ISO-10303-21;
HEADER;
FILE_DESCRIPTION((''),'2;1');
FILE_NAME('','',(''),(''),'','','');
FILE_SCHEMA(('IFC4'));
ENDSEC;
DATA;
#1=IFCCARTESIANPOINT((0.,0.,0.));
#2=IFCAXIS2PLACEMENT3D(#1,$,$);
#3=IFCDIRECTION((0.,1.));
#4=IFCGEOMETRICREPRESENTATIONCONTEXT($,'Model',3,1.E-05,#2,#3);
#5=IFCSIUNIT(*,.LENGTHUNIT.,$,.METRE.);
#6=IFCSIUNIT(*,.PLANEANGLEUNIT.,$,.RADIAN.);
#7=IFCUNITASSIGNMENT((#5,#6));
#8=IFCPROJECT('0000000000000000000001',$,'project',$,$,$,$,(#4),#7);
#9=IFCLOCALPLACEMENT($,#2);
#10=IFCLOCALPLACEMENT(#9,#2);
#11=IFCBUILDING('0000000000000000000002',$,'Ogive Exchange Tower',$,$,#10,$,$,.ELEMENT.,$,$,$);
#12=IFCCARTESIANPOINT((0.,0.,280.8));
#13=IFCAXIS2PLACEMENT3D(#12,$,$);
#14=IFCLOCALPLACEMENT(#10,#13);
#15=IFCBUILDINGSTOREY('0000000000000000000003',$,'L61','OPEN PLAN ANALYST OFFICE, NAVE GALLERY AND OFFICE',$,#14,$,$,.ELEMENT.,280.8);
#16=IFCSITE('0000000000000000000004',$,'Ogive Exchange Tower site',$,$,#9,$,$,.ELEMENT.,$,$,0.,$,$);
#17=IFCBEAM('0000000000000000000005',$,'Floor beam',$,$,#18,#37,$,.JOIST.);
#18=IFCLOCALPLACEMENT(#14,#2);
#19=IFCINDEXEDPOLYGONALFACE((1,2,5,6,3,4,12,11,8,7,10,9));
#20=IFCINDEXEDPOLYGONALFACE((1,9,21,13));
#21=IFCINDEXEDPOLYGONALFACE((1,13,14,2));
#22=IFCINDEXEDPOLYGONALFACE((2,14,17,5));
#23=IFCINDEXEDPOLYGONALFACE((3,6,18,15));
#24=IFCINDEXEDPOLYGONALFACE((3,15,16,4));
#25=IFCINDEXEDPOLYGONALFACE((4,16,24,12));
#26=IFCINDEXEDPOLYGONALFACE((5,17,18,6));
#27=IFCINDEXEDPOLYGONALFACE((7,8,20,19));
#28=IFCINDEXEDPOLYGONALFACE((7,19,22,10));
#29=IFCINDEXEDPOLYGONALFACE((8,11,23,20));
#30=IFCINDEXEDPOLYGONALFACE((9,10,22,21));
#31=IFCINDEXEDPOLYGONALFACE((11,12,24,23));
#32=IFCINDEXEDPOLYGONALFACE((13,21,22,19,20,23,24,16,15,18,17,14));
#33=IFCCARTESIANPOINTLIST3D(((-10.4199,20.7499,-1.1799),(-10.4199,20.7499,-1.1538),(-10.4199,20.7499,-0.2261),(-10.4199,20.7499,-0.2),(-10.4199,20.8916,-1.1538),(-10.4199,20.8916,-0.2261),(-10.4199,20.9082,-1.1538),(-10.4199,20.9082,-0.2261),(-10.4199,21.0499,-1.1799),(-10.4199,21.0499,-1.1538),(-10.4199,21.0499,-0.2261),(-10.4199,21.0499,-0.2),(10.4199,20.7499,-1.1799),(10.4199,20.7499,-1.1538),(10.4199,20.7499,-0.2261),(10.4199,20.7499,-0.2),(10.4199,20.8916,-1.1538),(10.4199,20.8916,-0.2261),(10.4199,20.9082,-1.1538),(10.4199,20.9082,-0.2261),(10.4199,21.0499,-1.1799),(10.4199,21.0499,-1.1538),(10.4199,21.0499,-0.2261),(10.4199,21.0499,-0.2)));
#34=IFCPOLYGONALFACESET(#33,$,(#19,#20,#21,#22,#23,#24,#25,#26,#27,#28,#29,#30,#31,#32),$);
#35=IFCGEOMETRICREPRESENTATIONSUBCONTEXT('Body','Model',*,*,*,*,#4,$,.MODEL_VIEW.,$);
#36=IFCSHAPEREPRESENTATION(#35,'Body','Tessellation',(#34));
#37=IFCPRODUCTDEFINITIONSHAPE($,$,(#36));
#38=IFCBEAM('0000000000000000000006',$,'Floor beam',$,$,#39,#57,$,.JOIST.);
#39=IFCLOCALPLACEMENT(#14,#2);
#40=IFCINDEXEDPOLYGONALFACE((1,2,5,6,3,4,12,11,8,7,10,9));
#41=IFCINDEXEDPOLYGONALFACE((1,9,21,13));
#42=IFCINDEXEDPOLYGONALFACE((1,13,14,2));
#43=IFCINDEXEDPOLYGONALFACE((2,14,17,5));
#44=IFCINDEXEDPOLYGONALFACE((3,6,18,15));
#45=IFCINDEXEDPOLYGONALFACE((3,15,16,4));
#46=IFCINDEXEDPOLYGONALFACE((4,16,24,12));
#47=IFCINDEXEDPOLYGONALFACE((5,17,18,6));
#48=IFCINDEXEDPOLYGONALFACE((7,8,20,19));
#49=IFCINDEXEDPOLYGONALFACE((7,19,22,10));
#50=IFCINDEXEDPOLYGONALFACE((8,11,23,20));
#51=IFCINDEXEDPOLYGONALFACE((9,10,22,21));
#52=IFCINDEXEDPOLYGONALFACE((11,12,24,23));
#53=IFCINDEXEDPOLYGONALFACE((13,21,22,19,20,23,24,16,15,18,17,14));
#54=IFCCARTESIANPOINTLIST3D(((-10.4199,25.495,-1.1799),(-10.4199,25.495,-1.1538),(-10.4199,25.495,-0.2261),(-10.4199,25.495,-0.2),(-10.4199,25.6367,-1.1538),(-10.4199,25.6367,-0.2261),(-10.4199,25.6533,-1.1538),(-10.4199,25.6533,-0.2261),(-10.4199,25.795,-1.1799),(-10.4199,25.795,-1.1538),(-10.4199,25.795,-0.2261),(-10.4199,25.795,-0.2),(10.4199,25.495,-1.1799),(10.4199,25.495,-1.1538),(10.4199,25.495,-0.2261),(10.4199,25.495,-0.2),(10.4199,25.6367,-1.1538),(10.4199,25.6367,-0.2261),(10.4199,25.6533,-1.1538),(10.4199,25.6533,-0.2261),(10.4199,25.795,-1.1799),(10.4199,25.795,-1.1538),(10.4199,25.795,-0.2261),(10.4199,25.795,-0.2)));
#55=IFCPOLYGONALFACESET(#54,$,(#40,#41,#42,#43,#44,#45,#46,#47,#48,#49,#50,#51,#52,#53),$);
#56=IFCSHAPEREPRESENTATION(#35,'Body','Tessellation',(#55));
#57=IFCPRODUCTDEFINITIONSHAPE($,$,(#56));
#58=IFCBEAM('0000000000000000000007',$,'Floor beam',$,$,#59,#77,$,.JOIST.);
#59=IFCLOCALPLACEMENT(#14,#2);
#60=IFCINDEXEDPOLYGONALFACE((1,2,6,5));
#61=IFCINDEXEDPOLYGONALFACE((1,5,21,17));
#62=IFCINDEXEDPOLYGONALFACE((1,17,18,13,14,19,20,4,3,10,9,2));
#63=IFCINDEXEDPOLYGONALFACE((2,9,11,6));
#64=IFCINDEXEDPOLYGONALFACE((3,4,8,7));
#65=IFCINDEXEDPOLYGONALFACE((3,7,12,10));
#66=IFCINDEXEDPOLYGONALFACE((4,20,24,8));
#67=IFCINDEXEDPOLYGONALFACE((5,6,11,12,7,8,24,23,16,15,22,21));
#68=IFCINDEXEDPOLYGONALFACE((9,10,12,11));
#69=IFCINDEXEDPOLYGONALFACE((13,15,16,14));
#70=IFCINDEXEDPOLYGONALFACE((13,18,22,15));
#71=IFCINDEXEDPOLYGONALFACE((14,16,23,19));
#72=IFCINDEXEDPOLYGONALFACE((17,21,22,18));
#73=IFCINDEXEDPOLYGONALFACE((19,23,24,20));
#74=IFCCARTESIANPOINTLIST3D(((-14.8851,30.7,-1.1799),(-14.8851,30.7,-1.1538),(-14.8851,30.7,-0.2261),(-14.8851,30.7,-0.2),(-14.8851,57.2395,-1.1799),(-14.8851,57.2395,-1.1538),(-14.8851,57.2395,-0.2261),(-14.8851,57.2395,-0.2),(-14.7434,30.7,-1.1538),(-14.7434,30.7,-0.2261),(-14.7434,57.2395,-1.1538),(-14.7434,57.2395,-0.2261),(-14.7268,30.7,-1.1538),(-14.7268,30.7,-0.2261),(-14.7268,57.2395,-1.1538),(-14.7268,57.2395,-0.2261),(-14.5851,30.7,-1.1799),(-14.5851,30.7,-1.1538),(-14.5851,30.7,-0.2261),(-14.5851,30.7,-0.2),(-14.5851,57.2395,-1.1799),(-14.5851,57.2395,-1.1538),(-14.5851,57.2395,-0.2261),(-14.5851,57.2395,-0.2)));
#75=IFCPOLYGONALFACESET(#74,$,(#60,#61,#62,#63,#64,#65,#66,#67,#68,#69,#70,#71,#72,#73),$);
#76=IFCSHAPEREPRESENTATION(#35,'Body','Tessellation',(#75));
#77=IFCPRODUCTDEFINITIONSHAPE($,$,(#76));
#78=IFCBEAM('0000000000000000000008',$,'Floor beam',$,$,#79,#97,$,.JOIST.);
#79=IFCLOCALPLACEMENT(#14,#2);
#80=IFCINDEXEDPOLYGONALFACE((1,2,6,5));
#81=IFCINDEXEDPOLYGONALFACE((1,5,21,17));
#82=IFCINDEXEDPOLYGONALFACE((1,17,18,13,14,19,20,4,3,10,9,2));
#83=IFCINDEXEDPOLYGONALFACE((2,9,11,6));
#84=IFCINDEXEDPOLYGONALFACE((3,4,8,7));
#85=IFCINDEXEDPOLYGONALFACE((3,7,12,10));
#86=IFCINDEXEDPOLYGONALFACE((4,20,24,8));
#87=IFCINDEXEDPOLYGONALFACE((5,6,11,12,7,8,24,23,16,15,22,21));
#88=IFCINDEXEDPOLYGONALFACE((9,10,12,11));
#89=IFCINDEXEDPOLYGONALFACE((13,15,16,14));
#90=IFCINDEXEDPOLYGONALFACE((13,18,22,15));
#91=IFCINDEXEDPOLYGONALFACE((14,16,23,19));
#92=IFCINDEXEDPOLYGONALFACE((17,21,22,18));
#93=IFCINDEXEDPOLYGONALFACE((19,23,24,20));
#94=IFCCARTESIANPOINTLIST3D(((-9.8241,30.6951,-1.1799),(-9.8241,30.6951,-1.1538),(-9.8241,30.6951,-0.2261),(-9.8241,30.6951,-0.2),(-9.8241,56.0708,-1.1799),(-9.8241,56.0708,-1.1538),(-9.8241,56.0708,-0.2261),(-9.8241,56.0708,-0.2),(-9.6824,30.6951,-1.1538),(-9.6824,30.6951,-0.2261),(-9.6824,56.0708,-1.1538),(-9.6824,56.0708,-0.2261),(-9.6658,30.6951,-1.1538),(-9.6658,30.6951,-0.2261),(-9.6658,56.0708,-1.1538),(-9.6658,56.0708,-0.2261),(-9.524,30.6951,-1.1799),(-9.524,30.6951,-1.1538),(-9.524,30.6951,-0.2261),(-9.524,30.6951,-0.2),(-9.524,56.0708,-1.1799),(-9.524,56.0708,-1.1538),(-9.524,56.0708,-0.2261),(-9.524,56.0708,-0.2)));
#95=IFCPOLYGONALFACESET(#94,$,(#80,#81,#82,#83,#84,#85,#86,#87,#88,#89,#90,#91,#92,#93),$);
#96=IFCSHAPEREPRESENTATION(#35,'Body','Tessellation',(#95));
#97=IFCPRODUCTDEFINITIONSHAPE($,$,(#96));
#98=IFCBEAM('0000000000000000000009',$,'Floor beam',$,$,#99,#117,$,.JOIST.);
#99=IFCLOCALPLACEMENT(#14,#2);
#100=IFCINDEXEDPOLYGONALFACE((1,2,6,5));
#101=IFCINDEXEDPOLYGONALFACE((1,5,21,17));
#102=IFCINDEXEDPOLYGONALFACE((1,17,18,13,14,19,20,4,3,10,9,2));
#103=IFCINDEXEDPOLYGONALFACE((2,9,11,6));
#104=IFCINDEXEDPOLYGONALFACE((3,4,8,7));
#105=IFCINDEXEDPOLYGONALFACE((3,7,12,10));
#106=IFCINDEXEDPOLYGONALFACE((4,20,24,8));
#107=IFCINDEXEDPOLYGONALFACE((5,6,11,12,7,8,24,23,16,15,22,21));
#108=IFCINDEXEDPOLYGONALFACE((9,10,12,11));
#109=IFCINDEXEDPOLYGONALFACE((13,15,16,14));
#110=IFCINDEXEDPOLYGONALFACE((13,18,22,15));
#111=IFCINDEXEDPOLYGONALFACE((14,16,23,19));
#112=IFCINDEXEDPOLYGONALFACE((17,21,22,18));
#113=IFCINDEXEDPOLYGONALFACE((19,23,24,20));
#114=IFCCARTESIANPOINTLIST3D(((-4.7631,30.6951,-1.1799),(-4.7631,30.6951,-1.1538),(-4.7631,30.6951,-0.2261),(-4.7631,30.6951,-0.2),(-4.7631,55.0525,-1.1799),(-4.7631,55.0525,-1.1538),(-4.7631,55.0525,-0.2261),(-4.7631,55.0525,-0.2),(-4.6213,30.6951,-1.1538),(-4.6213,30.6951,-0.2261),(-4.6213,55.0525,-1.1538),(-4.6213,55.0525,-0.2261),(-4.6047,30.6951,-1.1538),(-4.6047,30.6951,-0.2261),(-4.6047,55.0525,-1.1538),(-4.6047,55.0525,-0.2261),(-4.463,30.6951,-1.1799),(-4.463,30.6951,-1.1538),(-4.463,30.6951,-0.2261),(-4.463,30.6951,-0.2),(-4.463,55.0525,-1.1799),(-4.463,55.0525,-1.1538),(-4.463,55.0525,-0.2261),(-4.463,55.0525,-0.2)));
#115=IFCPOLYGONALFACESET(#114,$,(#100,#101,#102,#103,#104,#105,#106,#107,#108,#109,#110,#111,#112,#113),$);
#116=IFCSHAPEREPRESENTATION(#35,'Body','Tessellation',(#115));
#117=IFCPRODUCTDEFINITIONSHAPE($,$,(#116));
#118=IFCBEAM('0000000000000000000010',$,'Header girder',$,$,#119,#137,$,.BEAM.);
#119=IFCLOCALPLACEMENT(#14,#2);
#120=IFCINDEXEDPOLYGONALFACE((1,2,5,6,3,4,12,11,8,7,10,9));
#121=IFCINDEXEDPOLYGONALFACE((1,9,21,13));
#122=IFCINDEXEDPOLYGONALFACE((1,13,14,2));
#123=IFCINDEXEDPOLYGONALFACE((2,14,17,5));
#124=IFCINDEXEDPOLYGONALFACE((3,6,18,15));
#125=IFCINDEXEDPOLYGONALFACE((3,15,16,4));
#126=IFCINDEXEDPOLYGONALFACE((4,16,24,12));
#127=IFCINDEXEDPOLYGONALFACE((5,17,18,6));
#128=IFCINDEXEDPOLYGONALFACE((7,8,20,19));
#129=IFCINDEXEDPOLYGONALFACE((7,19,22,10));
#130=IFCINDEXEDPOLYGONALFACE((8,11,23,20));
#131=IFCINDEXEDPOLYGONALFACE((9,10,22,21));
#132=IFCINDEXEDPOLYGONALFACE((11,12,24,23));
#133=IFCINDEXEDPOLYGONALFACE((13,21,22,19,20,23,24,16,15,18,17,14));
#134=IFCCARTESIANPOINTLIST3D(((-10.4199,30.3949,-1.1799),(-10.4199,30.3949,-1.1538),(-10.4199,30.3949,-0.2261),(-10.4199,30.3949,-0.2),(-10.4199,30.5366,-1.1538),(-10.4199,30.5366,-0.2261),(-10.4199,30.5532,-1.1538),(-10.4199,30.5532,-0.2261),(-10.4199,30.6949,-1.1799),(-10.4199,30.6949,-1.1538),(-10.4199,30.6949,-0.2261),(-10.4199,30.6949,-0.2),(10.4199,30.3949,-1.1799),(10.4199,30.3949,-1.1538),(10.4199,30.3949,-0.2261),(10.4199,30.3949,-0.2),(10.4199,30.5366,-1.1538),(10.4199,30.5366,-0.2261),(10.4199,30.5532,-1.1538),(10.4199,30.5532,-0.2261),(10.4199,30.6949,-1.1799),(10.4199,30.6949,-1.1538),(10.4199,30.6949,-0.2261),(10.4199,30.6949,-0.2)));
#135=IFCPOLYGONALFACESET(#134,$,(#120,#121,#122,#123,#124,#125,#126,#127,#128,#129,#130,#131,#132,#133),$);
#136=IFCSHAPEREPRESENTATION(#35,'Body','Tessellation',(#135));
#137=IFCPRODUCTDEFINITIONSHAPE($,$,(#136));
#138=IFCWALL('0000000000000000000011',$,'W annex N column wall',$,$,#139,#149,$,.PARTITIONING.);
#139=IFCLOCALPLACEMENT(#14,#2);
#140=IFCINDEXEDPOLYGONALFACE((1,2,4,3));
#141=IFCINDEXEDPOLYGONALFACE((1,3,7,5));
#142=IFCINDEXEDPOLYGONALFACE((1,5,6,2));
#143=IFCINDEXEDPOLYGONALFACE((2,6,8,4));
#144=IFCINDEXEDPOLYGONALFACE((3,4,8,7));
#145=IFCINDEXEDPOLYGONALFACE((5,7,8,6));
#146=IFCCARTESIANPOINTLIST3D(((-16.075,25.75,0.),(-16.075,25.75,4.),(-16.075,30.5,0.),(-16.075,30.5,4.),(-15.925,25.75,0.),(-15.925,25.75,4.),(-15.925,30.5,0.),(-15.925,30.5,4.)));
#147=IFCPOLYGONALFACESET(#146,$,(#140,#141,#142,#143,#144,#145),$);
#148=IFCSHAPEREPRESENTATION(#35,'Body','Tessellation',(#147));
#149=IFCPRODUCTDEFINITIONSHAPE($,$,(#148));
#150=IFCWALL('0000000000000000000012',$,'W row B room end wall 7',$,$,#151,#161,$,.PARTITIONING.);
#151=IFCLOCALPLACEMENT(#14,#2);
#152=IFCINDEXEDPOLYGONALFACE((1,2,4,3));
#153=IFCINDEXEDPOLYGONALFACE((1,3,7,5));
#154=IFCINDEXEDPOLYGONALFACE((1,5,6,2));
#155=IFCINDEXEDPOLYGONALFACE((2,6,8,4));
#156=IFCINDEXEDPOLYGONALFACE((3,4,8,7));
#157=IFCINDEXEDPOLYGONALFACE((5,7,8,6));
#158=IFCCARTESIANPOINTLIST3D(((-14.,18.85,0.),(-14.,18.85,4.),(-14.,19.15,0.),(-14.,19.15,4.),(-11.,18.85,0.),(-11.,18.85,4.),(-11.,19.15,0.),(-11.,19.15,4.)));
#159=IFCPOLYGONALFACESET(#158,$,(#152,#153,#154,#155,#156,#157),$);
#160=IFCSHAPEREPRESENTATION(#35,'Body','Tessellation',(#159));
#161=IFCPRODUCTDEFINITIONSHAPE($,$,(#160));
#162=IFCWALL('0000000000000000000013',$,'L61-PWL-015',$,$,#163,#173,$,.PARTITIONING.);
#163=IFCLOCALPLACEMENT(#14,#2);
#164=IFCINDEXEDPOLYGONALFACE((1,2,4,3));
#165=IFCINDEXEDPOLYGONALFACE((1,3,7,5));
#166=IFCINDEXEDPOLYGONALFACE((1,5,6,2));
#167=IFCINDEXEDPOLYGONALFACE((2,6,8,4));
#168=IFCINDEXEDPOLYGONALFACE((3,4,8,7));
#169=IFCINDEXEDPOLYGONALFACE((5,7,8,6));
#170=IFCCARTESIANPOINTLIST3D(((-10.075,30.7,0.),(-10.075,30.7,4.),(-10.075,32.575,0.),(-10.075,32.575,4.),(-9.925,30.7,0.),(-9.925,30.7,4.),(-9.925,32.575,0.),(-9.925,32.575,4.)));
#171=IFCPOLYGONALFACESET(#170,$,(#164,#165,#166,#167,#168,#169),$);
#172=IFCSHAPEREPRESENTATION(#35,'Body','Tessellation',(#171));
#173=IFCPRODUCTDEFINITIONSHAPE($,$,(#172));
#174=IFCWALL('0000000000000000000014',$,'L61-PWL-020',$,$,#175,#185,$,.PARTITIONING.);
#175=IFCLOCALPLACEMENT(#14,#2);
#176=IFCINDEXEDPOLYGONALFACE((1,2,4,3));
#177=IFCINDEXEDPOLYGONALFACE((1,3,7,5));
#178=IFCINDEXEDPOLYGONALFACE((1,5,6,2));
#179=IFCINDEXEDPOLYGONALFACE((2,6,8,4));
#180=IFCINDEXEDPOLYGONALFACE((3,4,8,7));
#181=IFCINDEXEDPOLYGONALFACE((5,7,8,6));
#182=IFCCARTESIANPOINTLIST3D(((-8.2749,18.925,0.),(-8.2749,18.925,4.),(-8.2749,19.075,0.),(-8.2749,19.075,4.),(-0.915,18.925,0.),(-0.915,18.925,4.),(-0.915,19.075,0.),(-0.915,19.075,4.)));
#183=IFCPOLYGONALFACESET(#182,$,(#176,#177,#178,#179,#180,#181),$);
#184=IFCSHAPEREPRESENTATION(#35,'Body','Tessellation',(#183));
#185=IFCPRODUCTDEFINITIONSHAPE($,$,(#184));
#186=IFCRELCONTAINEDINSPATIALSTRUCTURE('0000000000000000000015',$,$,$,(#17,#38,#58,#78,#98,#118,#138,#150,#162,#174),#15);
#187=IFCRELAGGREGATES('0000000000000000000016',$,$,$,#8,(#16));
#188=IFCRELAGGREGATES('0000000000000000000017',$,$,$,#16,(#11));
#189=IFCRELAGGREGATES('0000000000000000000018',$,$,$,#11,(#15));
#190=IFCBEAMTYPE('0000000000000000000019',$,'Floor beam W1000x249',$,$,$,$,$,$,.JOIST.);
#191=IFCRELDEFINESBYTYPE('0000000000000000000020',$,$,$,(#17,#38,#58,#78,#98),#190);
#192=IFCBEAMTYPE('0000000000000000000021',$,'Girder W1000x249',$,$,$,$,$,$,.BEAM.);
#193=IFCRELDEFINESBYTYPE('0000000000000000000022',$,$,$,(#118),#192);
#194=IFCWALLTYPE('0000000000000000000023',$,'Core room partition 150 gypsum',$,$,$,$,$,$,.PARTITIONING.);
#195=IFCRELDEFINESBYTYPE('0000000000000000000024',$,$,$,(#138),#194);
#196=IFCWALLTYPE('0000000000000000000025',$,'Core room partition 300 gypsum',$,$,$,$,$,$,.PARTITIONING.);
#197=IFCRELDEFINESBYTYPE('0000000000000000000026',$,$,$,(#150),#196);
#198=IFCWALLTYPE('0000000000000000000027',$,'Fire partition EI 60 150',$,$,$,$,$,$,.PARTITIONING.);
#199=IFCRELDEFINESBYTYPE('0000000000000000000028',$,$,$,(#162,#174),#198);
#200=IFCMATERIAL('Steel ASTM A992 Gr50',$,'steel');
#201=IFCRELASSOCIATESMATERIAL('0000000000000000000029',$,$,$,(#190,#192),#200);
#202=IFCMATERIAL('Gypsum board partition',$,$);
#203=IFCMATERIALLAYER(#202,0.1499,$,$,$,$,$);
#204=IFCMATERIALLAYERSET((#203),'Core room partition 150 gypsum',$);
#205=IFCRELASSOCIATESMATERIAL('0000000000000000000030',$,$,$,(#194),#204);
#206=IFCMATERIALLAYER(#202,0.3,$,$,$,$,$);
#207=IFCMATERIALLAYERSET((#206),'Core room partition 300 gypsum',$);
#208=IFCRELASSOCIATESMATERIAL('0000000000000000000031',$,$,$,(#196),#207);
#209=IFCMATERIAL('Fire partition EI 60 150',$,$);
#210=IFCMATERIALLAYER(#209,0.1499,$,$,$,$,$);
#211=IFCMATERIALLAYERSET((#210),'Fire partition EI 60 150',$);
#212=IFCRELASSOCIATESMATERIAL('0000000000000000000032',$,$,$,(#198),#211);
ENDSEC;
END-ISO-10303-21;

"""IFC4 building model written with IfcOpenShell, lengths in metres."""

from ifc_helpers import new_model, si_unit, direction, frame, frame_2d, origin, origin_2d, place, context, subcontext, project, spatial, rectangle, i_section, extrude, material, layer, layer_set, material_profile, profile_set, type_object, element, save


model = new_model("IFC4")

# Units and contexts
model_context = context("Model", 3, precision=1e-05, world=origin(), true_north=direction((0.0, 1.0)))
body_context = subcontext(model_context, "Body", "Model", "MODEL_VIEW")
ifc_project = project(units=[si_unit("LENGTHUNIT", "METRE"), si_unit("PLANEANGLEUNIT", "RADIAN")], contexts=[model_context])

# Site, building, storey
site_placement = place(None, origin())
site = spatial("IfcSite", under=ifc_project, at=site_placement, Name="Ogive Exchange Tower site", CompositionType="ELEMENT", RefElevation=0.0)
building_placement = place(site_placement, origin())
building = spatial("IfcBuilding", under=site, at=building_placement, Name="Ogive Exchange Tower", CompositionType="ELEMENT")
storey_placement = place(building_placement, frame((0.0, 0.0, 280.8)))
storey = spatial("IfcBuildingStorey", under=building, at=storey_placement, Name="L61", Description="OPEN PLAN ANALYST OFFICE, NAVE GALLERY AND OFFICE", CompositionType="ELEMENT", Elevation=280.8)

# Beams
ifc_material_1 = material(Name="Steel ASTM A992 Gr50", Category="steel")
ifc_material_profile_1 = material_profile(ifc_material_1, i_section(OverallWidth=0.3, OverallDepth=0.98, WebThickness=0.0166, FlangeThickness=0.0261, at=origin_2d()), Name="W1000x249")
ifc_profile_set_1 = profile_set([ifc_material_profile_1], Name="Steel ASTM A992 Gr50")
beam_type_1 = type_object("IfcBeamType", Name="Floor beam W1000x249", PredefinedType="JOIST", material=ifc_profile_set_1)
for number, where, z_axis, x_axis, name in (
    (1, (-10.4199, 20.8999, -0.6899), (1.0, 0.0, 0.0), (0.0, 1.0, 0.0), "Floor beam"),
    (2, (-10.4199, 25.645, -0.6899), (1.0, 0.0, 0.0), (0.0, 1.0, 0.0), "Floor beam"),
):
    element("IfcBeam", number, at=place(storey_placement, frame(where, z_axis=z_axis, x_axis=x_axis)), inside=storey, type_object=beam_type_1, Name=name, PredefinedType="JOIST", context=body_context, shape_type="SweptSolid", body=[
        extrude(i_section(OverallWidth=0.3, OverallDepth=0.98, WebThickness=0.0166, FlangeThickness=0.0261, at=origin_2d()), origin(), (0.0, 0.0, 1.0), 20.8398),
    ])
beam_1_placement = place(storey_placement, frame((-14.7351, 30.7, -0.6899), z_axis=(0.0, 1.0, 0.0), x_axis=(-1.0, 0.0, 0.0)))
element("IfcBeam", 3, at=beam_1_placement, inside=storey, type_object=beam_type_1, Name="Floor beam", PredefinedType="JOIST", context=body_context, shape_type="SweptSolid", body=[
    extrude(i_section(OverallWidth=0.3, OverallDepth=0.98, WebThickness=0.0166, FlangeThickness=0.0261, at=origin_2d()), origin(), (0.0, 0.0, 1.0), 26.5396),
])
beam_2_placement = place(storey_placement, frame((-9.6741, 30.6951, -0.6899), z_axis=(0.0, 1.0, 0.0), x_axis=(-1.0, 0.0, 0.0)))
element("IfcBeam", 4, at=beam_2_placement, inside=storey, type_object=beam_type_1, Name="Floor beam", PredefinedType="JOIST", context=body_context, shape_type="SweptSolid", body=[
    extrude(i_section(OverallWidth=0.3, OverallDepth=0.98, WebThickness=0.0166, FlangeThickness=0.0261, at=origin_2d()), origin(), (0.0, 0.0, 1.0), 25.3757),
])
beam_3_placement = place(storey_placement, frame((-4.613, 30.6951, -0.6899), z_axis=(0.0, 1.0, 0.0), x_axis=(-1.0, 0.0, 0.0)))
element("IfcBeam", 5, at=beam_3_placement, inside=storey, type_object=beam_type_1, Name="Floor beam", PredefinedType="JOIST", context=body_context, shape_type="SweptSolid", body=[
    extrude(i_section(OverallWidth=0.3, OverallDepth=0.98, WebThickness=0.0166, FlangeThickness=0.0261, at=origin_2d()), origin(), (0.0, 0.0, 1.0), 24.3574),
])
ifc_material_profile_2 = material_profile(ifc_material_1, i_section(OverallWidth=0.3, OverallDepth=0.98, WebThickness=0.0166, FlangeThickness=0.0261, at=origin_2d()), Name="W1000x249")
ifc_profile_set_2 = profile_set([ifc_material_profile_2], Name="Steel ASTM A992 Gr50")
beam_type_2 = type_object("IfcBeamType", Name="Girder W1000x249", PredefinedType="BEAM", material=ifc_profile_set_2)
beam_4_placement = place(storey_placement, frame((-10.4199, 30.5449, -0.6899), z_axis=(1.0, 0.0, 0.0), x_axis=(0.0, 1.0, 0.0)))
element("IfcBeam", 6, at=beam_4_placement, inside=storey, type_object=beam_type_2, Name="Header girder", PredefinedType="BEAM", context=body_context, shape_type="SweptSolid", body=[
    extrude(i_section(OverallWidth=0.3, OverallDepth=0.98, WebThickness=0.0166, FlangeThickness=0.0261, at=origin_2d()), origin(), (0.0, 0.0, 1.0), 20.8398),
])

# Walls
ifc_material_2 = material(Name="Gypsum board partition")
ifc_layer_1 = layer(ifc_material_2, 0.1499)
ifc_layer_set_1 = layer_set([ifc_layer_1], Name="Core room partition 150 gypsum")
wall_type_1 = type_object("IfcWallType", Name="Core room partition 150 gypsum", PredefinedType="PARTITIONING", material=ifc_layer_set_1)
wall_1_placement = place(storey_placement, frame((-16.0, 25.75, 0.0), z_axis=(0.0, 0.0, 1.0), x_axis=(0.0, 1.0, 0.0)))
element("IfcWall", 7, at=wall_1_placement, inside=storey, type_object=wall_type_1, Name="W annex N column wall", PredefinedType="PARTITIONING", context=body_context, shape_type="SweptSolid", body=[
    extrude(rectangle(XDim=4.75, YDim=0.1499, at=frame_2d((2.375, 0.0))), origin(), (0.0, 0.0, 1.0), 4.0),
])
ifc_layer_2 = layer(ifc_material_2, 0.3)
ifc_layer_set_2 = layer_set([ifc_layer_2], Name="Core room partition 300 gypsum")
wall_type_2 = type_object("IfcWallType", Name="Core room partition 300 gypsum", PredefinedType="PARTITIONING", material=ifc_layer_set_2)
wall_2_placement = place(storey_placement, frame((-14.0, 19.0, 0.0), z_axis=(0.0, 0.0, 1.0), x_axis=(1.0, 0.0, 0.0)))
element("IfcWall", 8, at=wall_2_placement, inside=storey, type_object=wall_type_2, Name="W row B room end wall 7", PredefinedType="PARTITIONING", context=body_context, shape_type="SweptSolid", body=[
    extrude(rectangle(XDim=3.0, YDim=0.3, at=frame_2d((1.5, 0.0))), origin(), (0.0, 0.0, 1.0), 4.0),
])
ifc_material_3 = material(Name="Fire partition EI 60 150")
ifc_layer_3 = layer(ifc_material_3, 0.1499)
ifc_layer_set_3 = layer_set([ifc_layer_3], Name="Fire partition EI 60 150")
wall_type_3 = type_object("IfcWallType", Name="Fire partition EI 60 150", PredefinedType="PARTITIONING", material=ifc_layer_set_3)
wall_3_placement = place(storey_placement, frame((-10.0, 30.7, 0.0), z_axis=(0.0, 0.0, 1.0), x_axis=(0.0, 1.0, 0.0)))
element("IfcWall", 9, at=wall_3_placement, inside=storey, type_object=wall_type_3, Name="L61-PWL-015", PredefinedType="PARTITIONING", context=body_context, shape_type="SweptSolid", body=[
    extrude(rectangle(XDim=1.875, YDim=0.1499, at=frame_2d((0.9375, 0.0))), origin(), (0.0, 0.0, 1.0), 4.0),
])
wall_4_placement = place(storey_placement, frame((-8.2749, 19.0, 0.0), z_axis=(0.0, 0.0, 1.0), x_axis=(1.0, 0.0, 0.0)))
element("IfcWall", 10, at=wall_4_placement, inside=storey, type_object=wall_type_3, Name="L61-PWL-020", PredefinedType="PARTITIONING", context=body_context, shape_type="SweptSolid", body=[
    extrude(rectangle(XDim=7.3599, YDim=0.1499, at=frame_2d((3.6799, 0.0))), origin(), (0.0, 0.0, 1.0), 4.0),
])

save(model, "model.ifc")
